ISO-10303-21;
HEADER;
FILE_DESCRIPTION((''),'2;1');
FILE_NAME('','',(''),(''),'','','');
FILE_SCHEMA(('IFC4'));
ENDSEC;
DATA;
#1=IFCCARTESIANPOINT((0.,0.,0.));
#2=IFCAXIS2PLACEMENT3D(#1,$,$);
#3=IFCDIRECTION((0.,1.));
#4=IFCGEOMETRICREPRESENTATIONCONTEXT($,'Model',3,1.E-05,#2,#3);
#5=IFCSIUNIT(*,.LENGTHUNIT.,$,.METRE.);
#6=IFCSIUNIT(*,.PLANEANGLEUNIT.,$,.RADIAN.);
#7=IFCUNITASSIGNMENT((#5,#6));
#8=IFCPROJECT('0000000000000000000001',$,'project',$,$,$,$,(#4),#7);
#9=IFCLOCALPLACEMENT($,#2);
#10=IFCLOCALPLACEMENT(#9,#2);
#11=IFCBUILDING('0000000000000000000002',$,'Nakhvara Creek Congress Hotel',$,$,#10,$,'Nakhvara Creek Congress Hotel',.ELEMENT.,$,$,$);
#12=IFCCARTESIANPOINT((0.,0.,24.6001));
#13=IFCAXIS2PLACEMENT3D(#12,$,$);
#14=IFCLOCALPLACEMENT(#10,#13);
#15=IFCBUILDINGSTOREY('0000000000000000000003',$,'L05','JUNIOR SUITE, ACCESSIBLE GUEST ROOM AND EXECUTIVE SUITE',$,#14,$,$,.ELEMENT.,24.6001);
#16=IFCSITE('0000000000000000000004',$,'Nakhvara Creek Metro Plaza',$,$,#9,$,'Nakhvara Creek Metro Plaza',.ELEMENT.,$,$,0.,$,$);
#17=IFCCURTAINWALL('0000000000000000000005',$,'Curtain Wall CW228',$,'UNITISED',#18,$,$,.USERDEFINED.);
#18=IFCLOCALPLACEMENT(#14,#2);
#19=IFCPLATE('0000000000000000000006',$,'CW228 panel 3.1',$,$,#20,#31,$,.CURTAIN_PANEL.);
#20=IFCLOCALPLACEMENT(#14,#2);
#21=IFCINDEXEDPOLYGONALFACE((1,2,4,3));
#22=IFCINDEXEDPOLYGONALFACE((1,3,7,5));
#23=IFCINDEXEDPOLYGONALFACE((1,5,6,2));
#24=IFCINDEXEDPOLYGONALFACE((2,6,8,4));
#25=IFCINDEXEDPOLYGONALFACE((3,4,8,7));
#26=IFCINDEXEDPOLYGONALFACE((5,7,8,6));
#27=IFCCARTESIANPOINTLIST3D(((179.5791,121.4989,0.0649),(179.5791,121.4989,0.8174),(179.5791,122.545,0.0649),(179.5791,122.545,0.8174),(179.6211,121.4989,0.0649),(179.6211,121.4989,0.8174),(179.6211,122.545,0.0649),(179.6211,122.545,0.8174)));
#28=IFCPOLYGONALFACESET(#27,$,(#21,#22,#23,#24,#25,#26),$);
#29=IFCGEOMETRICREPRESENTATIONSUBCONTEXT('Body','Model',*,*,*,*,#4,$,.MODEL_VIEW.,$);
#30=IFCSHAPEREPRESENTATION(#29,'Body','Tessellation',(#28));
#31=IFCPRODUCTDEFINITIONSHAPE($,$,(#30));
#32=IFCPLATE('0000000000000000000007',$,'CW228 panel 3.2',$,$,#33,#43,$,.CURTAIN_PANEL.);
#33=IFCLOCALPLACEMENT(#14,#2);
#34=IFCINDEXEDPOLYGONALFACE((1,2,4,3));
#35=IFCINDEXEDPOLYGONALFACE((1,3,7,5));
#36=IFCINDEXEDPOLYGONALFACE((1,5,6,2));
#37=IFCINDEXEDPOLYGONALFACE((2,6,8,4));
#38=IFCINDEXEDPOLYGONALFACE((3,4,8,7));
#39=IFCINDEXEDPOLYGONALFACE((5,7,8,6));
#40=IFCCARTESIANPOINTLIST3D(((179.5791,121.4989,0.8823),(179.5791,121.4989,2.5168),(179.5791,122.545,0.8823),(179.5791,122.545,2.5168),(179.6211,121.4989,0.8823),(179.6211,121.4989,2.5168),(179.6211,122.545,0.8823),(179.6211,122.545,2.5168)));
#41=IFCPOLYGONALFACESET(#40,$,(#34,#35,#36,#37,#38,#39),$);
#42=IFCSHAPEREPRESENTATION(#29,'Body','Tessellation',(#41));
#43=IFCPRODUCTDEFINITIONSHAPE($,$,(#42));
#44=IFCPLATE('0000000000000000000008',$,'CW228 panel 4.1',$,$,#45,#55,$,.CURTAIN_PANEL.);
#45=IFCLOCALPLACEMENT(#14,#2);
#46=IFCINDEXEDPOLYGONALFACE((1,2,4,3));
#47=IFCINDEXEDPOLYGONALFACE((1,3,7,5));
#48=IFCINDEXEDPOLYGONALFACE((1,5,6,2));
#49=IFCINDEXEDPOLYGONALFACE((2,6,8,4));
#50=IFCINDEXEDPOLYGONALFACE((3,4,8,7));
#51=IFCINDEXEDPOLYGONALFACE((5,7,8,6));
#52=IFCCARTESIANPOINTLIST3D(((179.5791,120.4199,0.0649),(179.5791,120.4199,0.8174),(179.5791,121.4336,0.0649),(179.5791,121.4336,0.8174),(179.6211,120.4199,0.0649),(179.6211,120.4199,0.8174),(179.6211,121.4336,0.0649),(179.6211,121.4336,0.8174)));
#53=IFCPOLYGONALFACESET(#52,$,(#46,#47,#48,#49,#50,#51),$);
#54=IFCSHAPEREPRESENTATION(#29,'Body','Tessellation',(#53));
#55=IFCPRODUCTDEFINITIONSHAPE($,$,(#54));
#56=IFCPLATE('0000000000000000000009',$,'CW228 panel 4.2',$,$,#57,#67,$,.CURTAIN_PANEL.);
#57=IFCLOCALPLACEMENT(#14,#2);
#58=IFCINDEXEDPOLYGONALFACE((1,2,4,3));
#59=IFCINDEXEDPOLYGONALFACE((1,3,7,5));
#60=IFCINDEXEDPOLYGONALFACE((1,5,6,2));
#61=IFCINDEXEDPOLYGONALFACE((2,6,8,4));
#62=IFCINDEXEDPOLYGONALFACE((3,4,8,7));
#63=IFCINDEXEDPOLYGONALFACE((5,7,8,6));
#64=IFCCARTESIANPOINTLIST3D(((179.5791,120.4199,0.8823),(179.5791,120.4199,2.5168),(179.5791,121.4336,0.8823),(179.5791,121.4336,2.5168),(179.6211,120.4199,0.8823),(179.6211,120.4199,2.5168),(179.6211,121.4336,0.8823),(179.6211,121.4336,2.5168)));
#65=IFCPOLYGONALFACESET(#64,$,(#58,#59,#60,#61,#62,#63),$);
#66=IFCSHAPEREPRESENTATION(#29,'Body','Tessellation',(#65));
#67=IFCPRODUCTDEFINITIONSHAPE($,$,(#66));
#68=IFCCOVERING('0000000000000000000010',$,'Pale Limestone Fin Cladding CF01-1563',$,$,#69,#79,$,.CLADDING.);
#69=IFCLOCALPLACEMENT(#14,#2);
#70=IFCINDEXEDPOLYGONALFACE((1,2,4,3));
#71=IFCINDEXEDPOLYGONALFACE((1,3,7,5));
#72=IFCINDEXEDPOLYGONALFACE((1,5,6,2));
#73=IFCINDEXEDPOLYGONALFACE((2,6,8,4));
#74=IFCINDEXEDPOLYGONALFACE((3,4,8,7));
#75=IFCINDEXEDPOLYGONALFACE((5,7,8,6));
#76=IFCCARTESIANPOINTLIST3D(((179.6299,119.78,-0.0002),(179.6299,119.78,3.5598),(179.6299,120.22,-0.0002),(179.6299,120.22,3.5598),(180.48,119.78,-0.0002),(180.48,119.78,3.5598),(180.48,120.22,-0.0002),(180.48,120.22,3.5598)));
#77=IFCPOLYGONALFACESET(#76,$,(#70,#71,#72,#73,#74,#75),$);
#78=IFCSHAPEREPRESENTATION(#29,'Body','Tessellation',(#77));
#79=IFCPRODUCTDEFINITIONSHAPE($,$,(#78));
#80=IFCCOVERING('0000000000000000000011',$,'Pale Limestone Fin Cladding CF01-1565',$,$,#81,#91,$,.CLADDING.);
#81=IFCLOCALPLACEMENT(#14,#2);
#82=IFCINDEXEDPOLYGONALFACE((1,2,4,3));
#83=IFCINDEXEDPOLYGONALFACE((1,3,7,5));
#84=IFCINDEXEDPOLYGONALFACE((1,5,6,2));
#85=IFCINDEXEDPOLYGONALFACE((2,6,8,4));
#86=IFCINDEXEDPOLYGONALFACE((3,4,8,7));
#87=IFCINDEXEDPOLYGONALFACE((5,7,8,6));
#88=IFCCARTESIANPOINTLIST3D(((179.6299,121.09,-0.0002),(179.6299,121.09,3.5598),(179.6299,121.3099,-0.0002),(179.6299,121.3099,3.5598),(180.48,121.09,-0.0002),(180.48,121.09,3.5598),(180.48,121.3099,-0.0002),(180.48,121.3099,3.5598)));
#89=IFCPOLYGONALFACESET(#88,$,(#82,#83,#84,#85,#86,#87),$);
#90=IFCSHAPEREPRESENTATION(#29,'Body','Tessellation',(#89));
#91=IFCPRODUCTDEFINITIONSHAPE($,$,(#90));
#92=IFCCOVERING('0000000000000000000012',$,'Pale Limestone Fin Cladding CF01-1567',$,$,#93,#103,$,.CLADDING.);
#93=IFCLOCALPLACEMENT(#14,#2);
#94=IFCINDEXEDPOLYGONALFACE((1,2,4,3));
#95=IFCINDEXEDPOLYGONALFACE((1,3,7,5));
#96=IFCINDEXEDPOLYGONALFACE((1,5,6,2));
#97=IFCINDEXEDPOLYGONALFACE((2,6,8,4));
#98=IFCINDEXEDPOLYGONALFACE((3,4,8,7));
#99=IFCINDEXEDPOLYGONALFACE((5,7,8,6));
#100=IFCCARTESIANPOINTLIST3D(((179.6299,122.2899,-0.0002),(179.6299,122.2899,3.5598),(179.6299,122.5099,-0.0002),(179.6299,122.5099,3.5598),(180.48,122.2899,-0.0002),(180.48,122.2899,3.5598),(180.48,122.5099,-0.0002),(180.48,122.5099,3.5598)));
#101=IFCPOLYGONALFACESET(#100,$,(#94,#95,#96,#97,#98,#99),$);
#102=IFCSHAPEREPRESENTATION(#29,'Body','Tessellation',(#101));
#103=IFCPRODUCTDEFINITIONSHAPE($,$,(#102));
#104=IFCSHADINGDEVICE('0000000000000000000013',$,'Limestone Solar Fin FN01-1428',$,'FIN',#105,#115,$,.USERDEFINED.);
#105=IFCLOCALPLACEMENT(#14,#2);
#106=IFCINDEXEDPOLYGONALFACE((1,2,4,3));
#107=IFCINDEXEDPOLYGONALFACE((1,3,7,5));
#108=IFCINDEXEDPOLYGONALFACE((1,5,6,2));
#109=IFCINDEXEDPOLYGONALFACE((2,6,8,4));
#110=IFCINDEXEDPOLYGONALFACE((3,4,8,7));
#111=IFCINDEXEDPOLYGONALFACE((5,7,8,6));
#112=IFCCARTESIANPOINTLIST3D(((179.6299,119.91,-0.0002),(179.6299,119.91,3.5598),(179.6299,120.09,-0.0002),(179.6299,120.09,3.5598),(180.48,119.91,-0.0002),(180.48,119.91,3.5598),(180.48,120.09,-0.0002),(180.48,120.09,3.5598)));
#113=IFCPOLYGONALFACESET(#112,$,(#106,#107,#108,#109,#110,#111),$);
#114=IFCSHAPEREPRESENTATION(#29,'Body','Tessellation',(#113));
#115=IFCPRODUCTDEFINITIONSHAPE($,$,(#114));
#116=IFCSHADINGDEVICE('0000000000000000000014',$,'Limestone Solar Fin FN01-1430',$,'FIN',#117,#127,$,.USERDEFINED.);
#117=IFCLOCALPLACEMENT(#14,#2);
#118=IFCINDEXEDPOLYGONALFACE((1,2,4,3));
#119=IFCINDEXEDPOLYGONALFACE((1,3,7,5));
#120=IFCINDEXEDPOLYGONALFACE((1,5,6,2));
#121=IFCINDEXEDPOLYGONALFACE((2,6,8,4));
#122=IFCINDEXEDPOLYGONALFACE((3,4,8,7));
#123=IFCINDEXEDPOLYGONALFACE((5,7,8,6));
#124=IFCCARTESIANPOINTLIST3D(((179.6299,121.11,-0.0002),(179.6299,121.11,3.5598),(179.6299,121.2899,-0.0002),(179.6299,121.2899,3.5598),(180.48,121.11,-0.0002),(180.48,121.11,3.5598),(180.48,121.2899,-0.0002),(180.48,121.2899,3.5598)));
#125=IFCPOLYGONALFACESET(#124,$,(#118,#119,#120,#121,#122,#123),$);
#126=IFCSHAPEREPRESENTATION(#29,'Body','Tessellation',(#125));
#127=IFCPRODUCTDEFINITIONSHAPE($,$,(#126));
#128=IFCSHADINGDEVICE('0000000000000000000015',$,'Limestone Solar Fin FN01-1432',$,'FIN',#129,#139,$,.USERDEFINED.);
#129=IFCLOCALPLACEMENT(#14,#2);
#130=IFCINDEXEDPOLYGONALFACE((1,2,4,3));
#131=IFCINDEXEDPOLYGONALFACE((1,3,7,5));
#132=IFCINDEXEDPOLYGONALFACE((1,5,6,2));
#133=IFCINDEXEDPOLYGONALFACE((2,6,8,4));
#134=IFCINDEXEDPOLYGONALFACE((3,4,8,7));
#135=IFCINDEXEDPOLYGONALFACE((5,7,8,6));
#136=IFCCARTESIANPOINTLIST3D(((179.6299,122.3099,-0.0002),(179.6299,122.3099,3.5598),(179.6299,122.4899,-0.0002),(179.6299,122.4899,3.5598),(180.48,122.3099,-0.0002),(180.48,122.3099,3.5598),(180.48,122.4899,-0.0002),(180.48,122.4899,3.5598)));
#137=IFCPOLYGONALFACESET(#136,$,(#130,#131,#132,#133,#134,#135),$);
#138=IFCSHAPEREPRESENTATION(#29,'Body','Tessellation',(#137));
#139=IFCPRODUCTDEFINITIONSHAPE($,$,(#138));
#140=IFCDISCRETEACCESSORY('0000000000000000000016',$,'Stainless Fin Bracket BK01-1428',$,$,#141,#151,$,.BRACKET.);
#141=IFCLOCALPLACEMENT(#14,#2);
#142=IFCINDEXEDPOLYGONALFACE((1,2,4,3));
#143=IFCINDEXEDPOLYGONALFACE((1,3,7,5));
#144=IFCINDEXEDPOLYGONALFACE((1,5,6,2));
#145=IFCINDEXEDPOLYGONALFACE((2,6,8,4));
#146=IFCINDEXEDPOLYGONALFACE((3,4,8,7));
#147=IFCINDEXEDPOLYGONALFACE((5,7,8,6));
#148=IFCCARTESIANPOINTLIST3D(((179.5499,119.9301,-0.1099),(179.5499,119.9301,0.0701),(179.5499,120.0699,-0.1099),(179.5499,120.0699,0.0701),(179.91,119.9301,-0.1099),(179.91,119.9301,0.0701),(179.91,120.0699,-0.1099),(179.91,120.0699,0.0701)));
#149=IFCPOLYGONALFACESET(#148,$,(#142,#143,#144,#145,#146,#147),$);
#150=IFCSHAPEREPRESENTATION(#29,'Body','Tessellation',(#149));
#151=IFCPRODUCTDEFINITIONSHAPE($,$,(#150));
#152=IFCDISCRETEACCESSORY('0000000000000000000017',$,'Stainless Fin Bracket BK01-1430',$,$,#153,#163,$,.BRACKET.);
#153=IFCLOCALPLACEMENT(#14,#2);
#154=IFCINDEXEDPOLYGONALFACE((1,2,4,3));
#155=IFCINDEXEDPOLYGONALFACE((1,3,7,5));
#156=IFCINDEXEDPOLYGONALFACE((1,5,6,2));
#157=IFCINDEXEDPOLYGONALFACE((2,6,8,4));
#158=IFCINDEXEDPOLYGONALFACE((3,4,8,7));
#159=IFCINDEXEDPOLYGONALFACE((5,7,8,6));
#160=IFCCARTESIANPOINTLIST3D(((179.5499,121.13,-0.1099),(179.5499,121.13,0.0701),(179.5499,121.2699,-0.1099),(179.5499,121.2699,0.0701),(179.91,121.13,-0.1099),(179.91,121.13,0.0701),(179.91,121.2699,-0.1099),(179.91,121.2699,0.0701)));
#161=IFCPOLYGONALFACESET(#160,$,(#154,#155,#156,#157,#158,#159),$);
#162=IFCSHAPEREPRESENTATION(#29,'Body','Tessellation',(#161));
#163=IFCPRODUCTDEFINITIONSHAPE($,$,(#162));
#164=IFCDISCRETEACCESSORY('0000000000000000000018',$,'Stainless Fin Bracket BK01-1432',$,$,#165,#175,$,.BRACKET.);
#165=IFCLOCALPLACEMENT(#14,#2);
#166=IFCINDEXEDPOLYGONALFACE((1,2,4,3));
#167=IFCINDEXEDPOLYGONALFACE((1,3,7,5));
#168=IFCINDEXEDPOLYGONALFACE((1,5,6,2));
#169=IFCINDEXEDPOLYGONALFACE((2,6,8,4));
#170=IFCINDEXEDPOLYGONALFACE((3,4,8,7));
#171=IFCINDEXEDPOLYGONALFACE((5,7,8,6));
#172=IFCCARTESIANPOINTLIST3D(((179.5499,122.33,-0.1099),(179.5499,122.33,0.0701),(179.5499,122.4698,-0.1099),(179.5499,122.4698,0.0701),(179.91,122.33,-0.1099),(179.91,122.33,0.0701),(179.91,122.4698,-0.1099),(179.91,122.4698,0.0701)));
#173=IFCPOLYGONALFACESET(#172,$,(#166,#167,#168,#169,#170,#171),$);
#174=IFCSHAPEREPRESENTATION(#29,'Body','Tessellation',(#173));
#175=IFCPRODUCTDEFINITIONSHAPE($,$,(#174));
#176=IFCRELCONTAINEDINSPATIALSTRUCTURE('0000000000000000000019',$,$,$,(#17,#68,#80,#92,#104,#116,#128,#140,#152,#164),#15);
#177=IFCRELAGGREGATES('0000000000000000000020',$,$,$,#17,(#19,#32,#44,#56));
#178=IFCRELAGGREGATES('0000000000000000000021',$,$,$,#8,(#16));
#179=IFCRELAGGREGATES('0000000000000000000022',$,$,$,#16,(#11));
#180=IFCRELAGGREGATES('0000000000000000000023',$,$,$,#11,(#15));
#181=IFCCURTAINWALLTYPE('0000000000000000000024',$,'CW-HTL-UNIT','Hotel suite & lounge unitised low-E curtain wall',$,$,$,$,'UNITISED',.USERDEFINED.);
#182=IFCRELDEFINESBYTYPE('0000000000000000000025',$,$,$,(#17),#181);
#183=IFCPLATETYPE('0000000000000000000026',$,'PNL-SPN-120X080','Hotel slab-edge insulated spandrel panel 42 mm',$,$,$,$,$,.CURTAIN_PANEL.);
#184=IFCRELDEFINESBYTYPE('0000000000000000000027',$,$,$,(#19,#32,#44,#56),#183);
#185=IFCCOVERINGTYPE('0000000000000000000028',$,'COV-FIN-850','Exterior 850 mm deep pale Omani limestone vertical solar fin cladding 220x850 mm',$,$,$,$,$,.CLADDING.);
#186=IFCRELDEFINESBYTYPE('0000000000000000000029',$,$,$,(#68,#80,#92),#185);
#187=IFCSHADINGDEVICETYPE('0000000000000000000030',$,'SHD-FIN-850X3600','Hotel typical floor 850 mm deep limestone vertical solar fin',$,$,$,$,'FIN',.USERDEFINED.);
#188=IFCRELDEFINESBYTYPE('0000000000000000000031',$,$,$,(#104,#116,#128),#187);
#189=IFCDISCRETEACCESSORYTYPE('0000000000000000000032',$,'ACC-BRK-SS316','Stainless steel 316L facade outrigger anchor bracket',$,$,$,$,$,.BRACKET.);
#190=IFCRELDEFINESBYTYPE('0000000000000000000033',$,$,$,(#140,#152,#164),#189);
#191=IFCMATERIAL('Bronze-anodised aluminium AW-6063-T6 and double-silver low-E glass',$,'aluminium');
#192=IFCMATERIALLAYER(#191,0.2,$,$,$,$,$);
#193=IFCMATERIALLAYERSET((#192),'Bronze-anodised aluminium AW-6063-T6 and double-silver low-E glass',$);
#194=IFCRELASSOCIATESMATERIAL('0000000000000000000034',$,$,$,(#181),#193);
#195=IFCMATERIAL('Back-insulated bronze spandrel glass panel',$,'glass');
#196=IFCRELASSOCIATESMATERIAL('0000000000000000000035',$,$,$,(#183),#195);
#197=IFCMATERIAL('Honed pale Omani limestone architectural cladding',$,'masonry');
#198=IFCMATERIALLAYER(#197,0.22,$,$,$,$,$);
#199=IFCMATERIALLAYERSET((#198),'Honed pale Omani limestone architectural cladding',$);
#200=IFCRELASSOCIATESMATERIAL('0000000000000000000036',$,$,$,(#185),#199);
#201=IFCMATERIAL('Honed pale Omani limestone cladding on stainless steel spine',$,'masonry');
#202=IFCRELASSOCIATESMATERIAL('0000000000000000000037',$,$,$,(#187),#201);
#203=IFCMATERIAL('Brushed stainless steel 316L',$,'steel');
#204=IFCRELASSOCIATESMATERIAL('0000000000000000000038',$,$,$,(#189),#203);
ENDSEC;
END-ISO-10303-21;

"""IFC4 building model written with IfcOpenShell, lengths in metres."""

from ifc_helpers import new_model, si_unit, direction, frame, origin, origin_2d, place, context, subcontext, project, spatial, rectangle, extrude, material, layer, layer_set, type_object, element, aggregate, save


model = new_model("IFC4")

# Units and contexts
model_context = context("Model", 3, precision=1e-05, world=origin(), true_north=direction((0.0, 1.0)))
body_context = subcontext(model_context, "Body", "Model", "MODEL_VIEW")
ifc_project = project(units=[si_unit("LENGTHUNIT", "METRE"), si_unit("PLANEANGLEUNIT", "RADIAN")], contexts=[model_context])

# Site, building, storey
site_placement = place(None, origin())
site = spatial("IfcSite", under=ifc_project, at=site_placement, Name="Nakhvara Creek Metro Plaza", LongName="Nakhvara Creek Metro Plaza", CompositionType="ELEMENT", RefElevation=0.0)
building_placement = place(site_placement, origin())
building = spatial("IfcBuilding", under=site, at=building_placement, Name="Nakhvara Creek Congress Hotel", LongName="Nakhvara Creek Congress Hotel", CompositionType="ELEMENT")
storey_placement = place(building_placement, frame((0.0, 0.0, 24.6001)))
storey = spatial("IfcBuildingStorey", under=building, at=storey_placement, Name="L05", Description="JUNIOR SUITE, ACCESSIBLE GUEST ROOM AND EXECUTIVE SUITE", CompositionType="ELEMENT", Elevation=24.6001)

# Curtain wall, plates
ifc_material_1 = material(Name="Bronze-anodised aluminium AW-6063-T6 and double-silver low-E glass", Category="aluminium")
ifc_layer_1 = layer(ifc_material_1, 0.2)
ifc_layer_set_1 = layer_set([ifc_layer_1], Name="Bronze-anodised aluminium AW-6063-T6 and double-silver low-E glass")
curtain_wall_type = type_object("IfcCurtainWallType", Name="CW-HTL-UNIT", Description="Hotel suite & lounge unitised low-E curtain wall", ElementType="UNITISED", PredefinedType="USERDEFINED", material=ifc_layer_set_1)
curtain_wall_placement = place(storey_placement, origin())
curtain_wall = element("IfcCurtainWall", 1, at=curtain_wall_placement, inside=storey, type_object=curtain_wall_type, Name="Curtain Wall CW228", ObjectType="UNITISED", PredefinedType="USERDEFINED")
ifc_material_2 = material(Name="Back-insulated bronze spandrel glass panel", Category="glass")
plate_type = type_object("IfcPlateType", Name="PNL-SPN-120X080", Description="Hotel slab-edge insulated spandrel panel 42 mm", PredefinedType="CURTAIN_PANEL", material=ifc_material_2)
plate_1_placement = place(storey_placement, frame((179.6001, 122.022, 0.0649), z_axis=(0.0, 0.0, 1.0), x_axis=(0.0, -1.0, 0.0)))
plate_1 = element("IfcPlate", 2, at=plate_1_placement, type_object=plate_type, Name="CW228 panel 3.1", PredefinedType="CURTAIN_PANEL", context=body_context, shape_type="SweptSolid", body=[
    extrude(rectangle(XDim=1.0461, YDim=0.042, at=origin_2d()), origin(), (0.0, 0.0, 1.0), 0.7524),
])
plate_2_placement = place(storey_placement, frame((179.6001, 122.022, 0.8823), z_axis=(0.0, 0.0, 1.0), x_axis=(0.0, -1.0, 0.0)))
plate_2 = element("IfcPlate", 3, at=plate_2_placement, type_object=plate_type, Name="CW228 panel 3.2", PredefinedType="CURTAIN_PANEL", context=body_context, shape_type="SweptSolid", body=[
    extrude(rectangle(XDim=1.0461, YDim=0.042, at=origin_2d()), origin(), (0.0, 0.0, 1.0), 1.6345),
])
plate_3_placement = place(storey_placement, frame((179.6001, 120.9268, 0.0649), z_axis=(0.0, 0.0, 1.0), x_axis=(0.0, -1.0, 0.0)))
plate_3 = element("IfcPlate", 4, at=plate_3_placement, type_object=plate_type, Name="CW228 panel 4.1", PredefinedType="CURTAIN_PANEL", context=body_context, shape_type="SweptSolid", body=[
    extrude(rectangle(XDim=1.0137, YDim=0.042, at=origin_2d()), origin(), (0.0, 0.0, 1.0), 0.7524),
])
plate_4_placement = place(storey_placement, frame((179.6001, 120.9268, 0.8823), z_axis=(0.0, 0.0, 1.0), x_axis=(0.0, -1.0, 0.0)))
plate_4 = element("IfcPlate", 5, at=plate_4_placement, type_object=plate_type, Name="CW228 panel 4.2", PredefinedType="CURTAIN_PANEL", context=body_context, shape_type="SweptSolid", body=[
    extrude(rectangle(XDim=1.0137, YDim=0.042, at=origin_2d()), origin(), (0.0, 0.0, 1.0), 1.6345),
])
aggregate(curtain_wall, [plate_1, plate_2, plate_3, plate_4])

# Coverings
ifc_material_3 = material(Name="Honed pale Omani limestone architectural cladding", Category="masonry")
ifc_layer_2 = layer(ifc_material_3, 0.22)
ifc_layer_set_2 = layer_set([ifc_layer_2], Name="Honed pale Omani limestone architectural cladding")
covering_type = type_object("IfcCoveringType", Name="COV-FIN-850", Description="Exterior 850 mm deep pale Omani limestone vertical solar fin cladding 220x850 mm", PredefinedType="CLADDING", material=ifc_layer_set_2)
covering_placement = place(storey_placement, frame((180.0549, 120.0, -0.0002), z_axis=(0.0, 0.0, 1.0), x_axis=(0.0, 1.0, 0.0)))
element("IfcCovering", 6, at=covering_placement, inside=storey, type_object=covering_type, Name="Pale Limestone Fin Cladding CF01-1563", PredefinedType="CLADDING", context=body_context, shape_type="SweptSolid", body=[
    extrude(rectangle(XDim=0.4399, YDim=0.8501, at=origin_2d()), origin(), (0.0, 0.0, 1.0), 3.5601),
])
for number, where, z_axis, x_axis, name in (
    (7, (180.0549, 121.2, -0.0002), (0.0, 0.0, 1.0), (0.0, 1.0, 0.0), "Pale Limestone Fin Cladding CF01-1565"),
    (8, (180.0549, 122.3999, -0.0002), (0.0, 0.0, 1.0), (0.0, 1.0, 0.0), "Pale Limestone Fin Cladding CF01-1567"),
):
    element("IfcCovering", number, at=place(storey_placement, frame(where, z_axis=z_axis, x_axis=x_axis)), inside=storey, type_object=covering_type, Name=name, PredefinedType="CLADDING", context=body_context, shape_type="SweptSolid", body=[
        extrude(rectangle(XDim=0.22, YDim=0.8501, at=origin_2d()), origin(), (0.0, 0.0, 1.0), 3.5601),
    ])

# Shading devices
ifc_material_4 = material(Name="Honed pale Omani limestone cladding on stainless steel spine", Category="masonry")
shading_device_type = type_object("IfcShadingDeviceType", Name="SHD-FIN-850X3600", Description="Hotel typical floor 850 mm deep limestone vertical solar fin", ElementType="FIN", PredefinedType="USERDEFINED", material=ifc_material_4)
for number, where, z_axis, x_axis, name in (
    (9, (180.0549, 120.0, -0.0002), (0.0, 0.0, 1.0), (0.0, 1.0, 0.0), "Limestone Solar Fin FN01-1428"),
    (10, (180.0549, 121.2, -0.0002), (0.0, 0.0, 1.0), (0.0, 1.0, 0.0), "Limestone Solar Fin FN01-1430"),
    (11, (180.0549, 122.3999, -0.0002), (0.0, 0.0, 1.0), (0.0, 1.0, 0.0), "Limestone Solar Fin FN01-1432"),
):
    element("IfcShadingDevice", number, at=place(storey_placement, frame(where, z_axis=z_axis, x_axis=x_axis)), inside=storey, type_object=shading_device_type, Name=name, ObjectType="FIN", PredefinedType="USERDEFINED", context=body_context, shape_type="SweptSolid", body=[
        extrude(rectangle(XDim=0.1799, YDim=0.8501, at=origin_2d()), origin(), (0.0, 0.0, 1.0), 3.5601),
    ])

# Discrete accessories
ifc_material_5 = material(Name="Brushed stainless steel 316L", Category="steel")
discrete_accessory_type = type_object("IfcDiscreteAccessoryType", Name="ACC-BRK-SS316", Description="Stainless steel 316L facade outrigger anchor bracket", PredefinedType="BRACKET", material=ifc_material_5)
for number, where, z_axis, x_axis, name in (
    (12, (179.73, 120.0, -0.1099), (0.0, 0.0, 1.0), (0.0, 1.0, 0.0), "Stainless Fin Bracket BK01-1428"),
    (13, (179.73, 121.2, -0.1099), (0.0, 0.0, 1.0), (0.0, 1.0, 0.0), "Stainless Fin Bracket BK01-1430"),
    (14, (179.73, 122.3999, -0.1099), (0.0, 0.0, 1.0), (0.0, 1.0, 0.0), "Stainless Fin Bracket BK01-1432"),
):
    element("IfcDiscreteAccessory", number, at=place(storey_placement, frame(where, z_axis=z_axis, x_axis=x_axis)), inside=storey, type_object=discrete_accessory_type, Name=name, PredefinedType="BRACKET", context=body_context, shape_type="SweptSolid", body=[
        extrude(rectangle(XDim=0.1399, YDim=0.3601, at=origin_2d()), origin(), (0.0, 0.0, 1.0), 0.1799),
    ])

save(model, "model.ifc")
